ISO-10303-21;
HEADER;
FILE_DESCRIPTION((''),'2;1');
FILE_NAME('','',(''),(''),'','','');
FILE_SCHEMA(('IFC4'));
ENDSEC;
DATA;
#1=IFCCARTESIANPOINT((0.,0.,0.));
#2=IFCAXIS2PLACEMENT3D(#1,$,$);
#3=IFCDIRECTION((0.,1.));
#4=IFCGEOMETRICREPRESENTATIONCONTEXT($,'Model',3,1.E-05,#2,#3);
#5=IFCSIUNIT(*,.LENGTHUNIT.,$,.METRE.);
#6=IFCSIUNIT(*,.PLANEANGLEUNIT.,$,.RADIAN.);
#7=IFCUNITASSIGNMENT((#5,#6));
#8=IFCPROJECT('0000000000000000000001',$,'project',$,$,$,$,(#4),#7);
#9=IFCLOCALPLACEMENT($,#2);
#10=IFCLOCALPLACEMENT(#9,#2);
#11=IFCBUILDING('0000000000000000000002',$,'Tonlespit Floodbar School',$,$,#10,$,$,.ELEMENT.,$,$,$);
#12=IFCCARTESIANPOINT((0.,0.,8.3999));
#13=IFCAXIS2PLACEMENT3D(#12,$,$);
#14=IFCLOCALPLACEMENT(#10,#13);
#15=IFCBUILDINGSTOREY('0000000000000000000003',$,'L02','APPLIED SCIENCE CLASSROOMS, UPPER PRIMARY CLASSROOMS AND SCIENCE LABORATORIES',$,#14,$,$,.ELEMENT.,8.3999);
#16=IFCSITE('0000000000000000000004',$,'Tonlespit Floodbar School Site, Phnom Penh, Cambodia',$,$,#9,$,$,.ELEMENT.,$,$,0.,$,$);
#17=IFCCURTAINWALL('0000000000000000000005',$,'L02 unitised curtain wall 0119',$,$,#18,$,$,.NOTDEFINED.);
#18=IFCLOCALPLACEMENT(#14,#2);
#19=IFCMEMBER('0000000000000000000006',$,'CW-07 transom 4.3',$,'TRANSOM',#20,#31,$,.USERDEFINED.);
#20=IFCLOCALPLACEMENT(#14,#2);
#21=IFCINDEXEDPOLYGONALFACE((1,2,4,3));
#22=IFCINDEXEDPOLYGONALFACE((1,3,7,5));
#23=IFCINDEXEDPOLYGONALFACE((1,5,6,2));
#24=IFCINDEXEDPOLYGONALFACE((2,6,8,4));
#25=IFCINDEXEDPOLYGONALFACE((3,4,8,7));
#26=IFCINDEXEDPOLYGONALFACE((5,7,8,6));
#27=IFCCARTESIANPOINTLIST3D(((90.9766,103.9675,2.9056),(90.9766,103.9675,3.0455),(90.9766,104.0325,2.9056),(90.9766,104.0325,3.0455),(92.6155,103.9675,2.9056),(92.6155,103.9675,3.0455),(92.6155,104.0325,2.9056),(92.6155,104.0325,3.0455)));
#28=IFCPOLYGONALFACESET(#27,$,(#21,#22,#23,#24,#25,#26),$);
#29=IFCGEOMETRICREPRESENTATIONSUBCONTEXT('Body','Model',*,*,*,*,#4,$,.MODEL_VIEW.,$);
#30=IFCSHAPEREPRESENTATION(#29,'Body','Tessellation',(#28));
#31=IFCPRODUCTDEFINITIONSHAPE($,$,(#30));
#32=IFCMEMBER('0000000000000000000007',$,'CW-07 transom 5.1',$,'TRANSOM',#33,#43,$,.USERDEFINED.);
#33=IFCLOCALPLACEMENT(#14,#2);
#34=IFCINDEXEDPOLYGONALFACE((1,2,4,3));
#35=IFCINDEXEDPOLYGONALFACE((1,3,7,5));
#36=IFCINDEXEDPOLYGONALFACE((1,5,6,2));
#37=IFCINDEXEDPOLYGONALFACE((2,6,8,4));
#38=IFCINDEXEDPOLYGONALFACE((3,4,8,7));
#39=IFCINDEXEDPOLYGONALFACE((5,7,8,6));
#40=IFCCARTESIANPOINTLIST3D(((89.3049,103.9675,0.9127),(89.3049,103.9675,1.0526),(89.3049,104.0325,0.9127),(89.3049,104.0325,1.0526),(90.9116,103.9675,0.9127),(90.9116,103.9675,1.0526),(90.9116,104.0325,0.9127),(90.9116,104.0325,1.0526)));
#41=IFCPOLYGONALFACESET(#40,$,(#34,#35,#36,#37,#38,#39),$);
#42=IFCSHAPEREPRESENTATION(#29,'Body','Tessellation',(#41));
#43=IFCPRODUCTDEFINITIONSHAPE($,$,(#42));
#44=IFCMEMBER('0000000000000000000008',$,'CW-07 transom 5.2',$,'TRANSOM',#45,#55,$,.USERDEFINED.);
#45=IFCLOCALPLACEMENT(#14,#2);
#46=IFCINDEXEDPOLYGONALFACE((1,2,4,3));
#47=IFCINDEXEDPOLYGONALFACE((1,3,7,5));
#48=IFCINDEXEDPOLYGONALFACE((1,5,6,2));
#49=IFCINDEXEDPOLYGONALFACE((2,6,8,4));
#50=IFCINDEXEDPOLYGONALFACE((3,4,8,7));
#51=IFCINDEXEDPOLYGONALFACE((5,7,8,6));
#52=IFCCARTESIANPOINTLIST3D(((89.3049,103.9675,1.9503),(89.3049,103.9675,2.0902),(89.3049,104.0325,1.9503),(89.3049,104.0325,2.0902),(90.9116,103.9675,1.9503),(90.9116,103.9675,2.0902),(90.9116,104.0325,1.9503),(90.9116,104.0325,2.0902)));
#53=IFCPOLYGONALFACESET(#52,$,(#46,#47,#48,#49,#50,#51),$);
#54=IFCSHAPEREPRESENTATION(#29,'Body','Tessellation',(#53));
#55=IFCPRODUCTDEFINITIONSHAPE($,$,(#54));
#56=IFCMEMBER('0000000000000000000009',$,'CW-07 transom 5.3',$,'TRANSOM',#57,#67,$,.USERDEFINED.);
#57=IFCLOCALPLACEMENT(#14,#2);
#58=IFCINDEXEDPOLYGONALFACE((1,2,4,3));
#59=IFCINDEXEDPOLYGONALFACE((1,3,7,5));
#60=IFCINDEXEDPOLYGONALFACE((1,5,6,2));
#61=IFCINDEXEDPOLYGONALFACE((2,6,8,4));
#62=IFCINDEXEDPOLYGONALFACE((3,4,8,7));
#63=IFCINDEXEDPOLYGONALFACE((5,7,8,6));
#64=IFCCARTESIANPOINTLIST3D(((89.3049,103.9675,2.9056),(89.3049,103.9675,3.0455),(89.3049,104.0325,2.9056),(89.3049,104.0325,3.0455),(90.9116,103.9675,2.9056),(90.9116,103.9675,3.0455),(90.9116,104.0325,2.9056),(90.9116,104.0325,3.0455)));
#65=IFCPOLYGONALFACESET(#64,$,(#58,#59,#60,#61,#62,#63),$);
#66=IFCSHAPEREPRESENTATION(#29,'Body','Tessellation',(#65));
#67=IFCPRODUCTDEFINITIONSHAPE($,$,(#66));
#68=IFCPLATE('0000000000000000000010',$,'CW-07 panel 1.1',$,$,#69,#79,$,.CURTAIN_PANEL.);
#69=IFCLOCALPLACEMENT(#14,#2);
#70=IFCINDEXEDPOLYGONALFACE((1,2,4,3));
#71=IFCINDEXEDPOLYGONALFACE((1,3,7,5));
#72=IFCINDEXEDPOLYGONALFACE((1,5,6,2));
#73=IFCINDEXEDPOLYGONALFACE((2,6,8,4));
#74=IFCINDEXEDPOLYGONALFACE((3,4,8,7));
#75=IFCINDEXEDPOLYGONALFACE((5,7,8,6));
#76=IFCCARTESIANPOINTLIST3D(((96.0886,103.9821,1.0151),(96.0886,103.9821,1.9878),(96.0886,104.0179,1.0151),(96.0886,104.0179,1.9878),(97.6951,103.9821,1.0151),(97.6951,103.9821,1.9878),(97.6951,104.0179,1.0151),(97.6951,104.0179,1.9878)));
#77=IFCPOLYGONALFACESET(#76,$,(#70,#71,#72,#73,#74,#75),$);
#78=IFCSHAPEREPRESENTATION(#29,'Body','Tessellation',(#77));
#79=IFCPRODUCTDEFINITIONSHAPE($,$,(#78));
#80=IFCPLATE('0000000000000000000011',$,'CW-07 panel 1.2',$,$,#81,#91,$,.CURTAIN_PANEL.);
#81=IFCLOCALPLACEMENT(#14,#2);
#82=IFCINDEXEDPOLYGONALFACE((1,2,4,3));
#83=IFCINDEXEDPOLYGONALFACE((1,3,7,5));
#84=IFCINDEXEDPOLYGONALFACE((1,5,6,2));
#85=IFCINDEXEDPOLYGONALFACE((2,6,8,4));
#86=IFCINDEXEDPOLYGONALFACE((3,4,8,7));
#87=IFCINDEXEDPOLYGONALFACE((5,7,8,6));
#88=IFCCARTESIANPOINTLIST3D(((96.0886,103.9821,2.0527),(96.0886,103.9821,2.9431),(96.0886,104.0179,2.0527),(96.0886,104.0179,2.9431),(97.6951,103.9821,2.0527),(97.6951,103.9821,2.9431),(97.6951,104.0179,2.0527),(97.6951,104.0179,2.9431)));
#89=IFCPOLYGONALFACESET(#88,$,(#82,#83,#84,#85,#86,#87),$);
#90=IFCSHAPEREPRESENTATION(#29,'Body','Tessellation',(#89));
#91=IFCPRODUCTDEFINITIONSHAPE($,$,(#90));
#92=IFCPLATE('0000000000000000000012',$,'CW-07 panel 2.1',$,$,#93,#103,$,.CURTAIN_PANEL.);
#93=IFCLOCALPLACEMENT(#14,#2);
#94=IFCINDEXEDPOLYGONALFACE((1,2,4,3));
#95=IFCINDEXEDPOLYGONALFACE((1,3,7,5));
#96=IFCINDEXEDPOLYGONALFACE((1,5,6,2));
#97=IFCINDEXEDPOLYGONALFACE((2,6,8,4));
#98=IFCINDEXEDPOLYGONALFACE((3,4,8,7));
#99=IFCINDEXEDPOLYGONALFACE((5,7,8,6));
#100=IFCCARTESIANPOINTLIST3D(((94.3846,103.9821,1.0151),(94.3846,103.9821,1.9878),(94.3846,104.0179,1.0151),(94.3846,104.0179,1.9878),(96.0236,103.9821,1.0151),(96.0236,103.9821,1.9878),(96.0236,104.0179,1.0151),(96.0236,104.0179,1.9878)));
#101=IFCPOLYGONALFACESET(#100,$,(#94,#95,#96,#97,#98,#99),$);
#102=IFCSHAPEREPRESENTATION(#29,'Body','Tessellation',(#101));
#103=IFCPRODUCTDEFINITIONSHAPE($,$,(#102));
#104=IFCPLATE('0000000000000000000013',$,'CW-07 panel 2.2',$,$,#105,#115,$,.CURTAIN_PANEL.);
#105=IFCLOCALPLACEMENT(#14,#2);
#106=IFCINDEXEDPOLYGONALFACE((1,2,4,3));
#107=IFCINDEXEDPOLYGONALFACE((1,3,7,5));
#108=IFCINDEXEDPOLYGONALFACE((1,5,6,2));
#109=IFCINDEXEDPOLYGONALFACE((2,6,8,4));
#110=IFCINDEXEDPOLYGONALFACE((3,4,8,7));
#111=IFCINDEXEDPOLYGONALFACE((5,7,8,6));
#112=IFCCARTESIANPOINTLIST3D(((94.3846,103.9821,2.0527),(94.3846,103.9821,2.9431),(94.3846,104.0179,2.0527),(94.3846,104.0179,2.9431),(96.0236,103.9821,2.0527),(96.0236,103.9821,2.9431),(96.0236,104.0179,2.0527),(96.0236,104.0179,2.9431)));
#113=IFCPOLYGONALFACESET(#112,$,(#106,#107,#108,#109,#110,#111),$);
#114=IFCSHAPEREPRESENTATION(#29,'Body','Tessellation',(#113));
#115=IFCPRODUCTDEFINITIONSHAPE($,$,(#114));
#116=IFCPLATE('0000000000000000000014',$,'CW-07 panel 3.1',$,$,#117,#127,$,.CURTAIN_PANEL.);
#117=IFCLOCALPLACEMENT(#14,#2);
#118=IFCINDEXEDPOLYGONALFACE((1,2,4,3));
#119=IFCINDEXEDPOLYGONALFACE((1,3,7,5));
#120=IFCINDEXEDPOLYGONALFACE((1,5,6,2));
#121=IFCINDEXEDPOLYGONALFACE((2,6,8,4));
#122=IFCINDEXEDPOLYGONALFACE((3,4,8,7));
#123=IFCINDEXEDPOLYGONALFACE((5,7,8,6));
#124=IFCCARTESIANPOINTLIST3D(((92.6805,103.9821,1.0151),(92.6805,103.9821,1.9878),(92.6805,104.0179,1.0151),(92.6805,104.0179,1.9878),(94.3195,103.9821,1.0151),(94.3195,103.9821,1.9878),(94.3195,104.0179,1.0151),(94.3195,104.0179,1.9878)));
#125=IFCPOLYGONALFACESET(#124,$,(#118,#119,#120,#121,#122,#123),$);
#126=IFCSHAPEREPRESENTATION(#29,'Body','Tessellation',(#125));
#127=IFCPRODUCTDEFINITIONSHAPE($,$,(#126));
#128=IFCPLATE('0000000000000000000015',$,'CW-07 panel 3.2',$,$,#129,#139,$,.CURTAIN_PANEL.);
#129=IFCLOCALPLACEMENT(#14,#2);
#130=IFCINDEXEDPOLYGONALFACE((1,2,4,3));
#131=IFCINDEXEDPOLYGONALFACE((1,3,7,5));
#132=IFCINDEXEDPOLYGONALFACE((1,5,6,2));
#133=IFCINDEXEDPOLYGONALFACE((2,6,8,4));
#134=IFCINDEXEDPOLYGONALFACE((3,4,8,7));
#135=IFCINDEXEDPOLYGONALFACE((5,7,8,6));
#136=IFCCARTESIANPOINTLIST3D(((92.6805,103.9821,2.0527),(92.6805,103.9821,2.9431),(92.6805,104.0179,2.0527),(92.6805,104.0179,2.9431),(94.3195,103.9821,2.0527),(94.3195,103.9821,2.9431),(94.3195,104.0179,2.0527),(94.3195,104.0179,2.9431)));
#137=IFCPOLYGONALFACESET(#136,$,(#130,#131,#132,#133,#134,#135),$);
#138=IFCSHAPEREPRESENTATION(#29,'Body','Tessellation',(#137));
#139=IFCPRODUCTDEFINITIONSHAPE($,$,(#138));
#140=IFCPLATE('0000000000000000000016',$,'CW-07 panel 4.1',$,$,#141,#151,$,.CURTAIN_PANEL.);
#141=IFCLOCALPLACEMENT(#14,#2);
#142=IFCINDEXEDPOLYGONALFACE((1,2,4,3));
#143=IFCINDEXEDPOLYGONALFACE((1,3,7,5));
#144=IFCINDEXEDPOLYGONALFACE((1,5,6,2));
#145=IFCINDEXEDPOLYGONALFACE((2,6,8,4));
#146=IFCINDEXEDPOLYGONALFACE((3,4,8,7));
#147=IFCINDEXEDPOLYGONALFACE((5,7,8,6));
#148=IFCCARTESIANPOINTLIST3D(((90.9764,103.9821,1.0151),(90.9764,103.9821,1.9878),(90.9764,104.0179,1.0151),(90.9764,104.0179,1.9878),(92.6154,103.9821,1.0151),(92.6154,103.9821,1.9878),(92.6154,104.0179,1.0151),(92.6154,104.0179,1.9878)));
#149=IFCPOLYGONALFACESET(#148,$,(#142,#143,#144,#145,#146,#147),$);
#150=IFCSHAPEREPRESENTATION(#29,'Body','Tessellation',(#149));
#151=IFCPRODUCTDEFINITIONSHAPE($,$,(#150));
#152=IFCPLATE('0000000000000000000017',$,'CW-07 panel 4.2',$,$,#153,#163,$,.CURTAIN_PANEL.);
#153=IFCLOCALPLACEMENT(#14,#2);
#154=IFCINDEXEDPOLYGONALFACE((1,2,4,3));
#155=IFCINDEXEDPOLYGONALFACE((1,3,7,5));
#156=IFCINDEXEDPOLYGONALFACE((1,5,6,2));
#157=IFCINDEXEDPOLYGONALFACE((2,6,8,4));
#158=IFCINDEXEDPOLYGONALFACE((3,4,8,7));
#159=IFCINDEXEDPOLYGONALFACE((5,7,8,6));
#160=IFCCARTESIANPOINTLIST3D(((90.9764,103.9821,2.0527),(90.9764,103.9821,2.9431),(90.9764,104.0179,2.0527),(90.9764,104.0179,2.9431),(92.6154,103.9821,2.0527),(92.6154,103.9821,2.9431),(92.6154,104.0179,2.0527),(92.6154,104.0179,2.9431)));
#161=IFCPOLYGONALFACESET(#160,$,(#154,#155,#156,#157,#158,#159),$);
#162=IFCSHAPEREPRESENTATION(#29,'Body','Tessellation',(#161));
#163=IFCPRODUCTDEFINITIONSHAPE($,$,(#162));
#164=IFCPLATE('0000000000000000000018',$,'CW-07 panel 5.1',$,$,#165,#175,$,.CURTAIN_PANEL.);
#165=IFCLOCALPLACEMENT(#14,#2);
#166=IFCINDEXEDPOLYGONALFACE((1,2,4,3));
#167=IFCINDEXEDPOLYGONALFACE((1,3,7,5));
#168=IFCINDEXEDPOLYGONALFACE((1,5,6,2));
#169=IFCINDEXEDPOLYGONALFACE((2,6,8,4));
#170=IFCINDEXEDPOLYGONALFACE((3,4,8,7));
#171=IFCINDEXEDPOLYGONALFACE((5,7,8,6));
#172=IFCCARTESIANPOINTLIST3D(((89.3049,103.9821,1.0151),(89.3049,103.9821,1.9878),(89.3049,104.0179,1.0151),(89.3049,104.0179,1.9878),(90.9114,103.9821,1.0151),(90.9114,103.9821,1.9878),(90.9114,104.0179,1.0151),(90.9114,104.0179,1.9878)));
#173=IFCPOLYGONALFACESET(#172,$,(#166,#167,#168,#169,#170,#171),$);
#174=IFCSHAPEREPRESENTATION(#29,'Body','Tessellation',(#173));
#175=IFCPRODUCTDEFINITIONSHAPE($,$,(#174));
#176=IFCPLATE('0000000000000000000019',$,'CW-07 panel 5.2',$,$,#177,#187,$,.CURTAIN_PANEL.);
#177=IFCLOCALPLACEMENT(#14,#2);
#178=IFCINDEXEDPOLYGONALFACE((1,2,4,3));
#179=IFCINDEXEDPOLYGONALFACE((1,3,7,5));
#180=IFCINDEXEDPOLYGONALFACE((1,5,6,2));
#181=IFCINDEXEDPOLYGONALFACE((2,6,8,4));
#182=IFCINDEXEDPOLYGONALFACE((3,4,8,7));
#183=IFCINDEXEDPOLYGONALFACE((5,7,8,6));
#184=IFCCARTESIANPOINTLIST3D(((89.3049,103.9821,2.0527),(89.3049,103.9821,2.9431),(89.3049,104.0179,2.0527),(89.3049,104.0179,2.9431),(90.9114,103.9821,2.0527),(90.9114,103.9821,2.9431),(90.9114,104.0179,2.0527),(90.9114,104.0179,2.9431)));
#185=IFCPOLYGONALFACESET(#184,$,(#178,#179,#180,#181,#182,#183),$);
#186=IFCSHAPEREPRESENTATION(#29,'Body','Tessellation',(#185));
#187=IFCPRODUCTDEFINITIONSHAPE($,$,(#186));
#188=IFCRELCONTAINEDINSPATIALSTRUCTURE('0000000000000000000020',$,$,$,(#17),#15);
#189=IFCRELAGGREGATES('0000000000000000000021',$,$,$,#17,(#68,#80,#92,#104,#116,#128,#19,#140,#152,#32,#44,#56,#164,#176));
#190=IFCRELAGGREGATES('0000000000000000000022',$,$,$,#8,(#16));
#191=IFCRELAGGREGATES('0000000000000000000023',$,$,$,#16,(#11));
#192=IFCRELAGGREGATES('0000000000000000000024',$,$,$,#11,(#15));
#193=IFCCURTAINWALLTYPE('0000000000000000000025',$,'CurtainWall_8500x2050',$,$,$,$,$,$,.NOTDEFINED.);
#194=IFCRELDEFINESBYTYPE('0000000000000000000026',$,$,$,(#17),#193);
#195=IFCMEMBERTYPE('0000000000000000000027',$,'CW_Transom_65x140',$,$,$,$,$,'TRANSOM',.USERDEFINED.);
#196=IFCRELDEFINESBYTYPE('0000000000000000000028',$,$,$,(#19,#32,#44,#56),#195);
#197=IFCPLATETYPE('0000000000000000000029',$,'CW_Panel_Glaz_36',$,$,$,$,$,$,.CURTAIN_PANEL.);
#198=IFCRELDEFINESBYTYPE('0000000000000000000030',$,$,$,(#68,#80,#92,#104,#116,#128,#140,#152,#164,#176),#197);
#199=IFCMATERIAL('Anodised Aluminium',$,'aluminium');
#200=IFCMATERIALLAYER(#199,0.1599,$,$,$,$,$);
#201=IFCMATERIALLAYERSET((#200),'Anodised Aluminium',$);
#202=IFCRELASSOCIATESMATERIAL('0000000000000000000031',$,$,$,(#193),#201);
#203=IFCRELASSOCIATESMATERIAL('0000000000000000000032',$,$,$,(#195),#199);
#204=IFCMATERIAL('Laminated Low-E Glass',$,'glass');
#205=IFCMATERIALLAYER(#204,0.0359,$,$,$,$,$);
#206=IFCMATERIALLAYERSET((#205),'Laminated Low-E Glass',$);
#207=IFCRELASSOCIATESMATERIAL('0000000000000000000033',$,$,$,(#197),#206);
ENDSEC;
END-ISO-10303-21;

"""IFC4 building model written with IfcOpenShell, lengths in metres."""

from ifc_helpers import new_model, si_unit, direction, frame, origin, origin_2d, place, context, subcontext, project, spatial, rectangle, extrude, material, layer, layer_set, material_profile, profile_set, type_object, element, aggregate, save


model = new_model("IFC4")

# Units and contexts
model_context = context("Model", 3, precision=1e-05, world=origin(), true_north=direction((0.0, 1.0)))
body_context = subcontext(model_context, "Body", "Model", "MODEL_VIEW")
ifc_project = project(units=[si_unit("LENGTHUNIT", "METRE"), si_unit("PLANEANGLEUNIT", "RADIAN")], contexts=[model_context])

# Site, building, storey
site_placement = place(None, origin())
site = spatial("IfcSite", under=ifc_project, at=site_placement, Name="Tonlespit Floodbar School Site, Phnom Penh, Cambodia", CompositionType="ELEMENT", RefElevation=0.0)
building_placement = place(site_placement, origin())
building = spatial("IfcBuilding", under=site, at=building_placement, Name="Tonlespit Floodbar School", CompositionType="ELEMENT")
storey_placement = place(building_placement, frame((0.0, 0.0, 8.3999)))
storey = spatial("IfcBuildingStorey", under=building, at=storey_placement, Name="L02", Description="APPLIED SCIENCE CLASSROOMS, UPPER PRIMARY CLASSROOMS AND SCIENCE LABORATORIES", CompositionType="ELEMENT", Elevation=8.3999)

# Curtain wall, members, plates
ifc_material_1 = material(Name="Anodised Aluminium", Category="aluminium")
ifc_layer_1 = layer(ifc_material_1, 0.1599)
ifc_layer_set_1 = layer_set([ifc_layer_1], Name="Anodised Aluminium")
curtain_wall_type = type_object("IfcCurtainWallType", Name="CurtainWall_8500x2050", PredefinedType="NOTDEFINED", material=ifc_layer_set_1)
curtain_wall_placement = place(storey_placement, origin())
curtain_wall = element("IfcCurtainWall", 1, at=curtain_wall_placement, inside=storey, type_object=curtain_wall_type, Name="L02 unitised curtain wall 0119", PredefinedType="NOTDEFINED")
ifc_material_profile_1 = material_profile(ifc_material_1, rectangle(XDim=0.0649, YDim=0.1399, at=origin_2d()), Name="ALU T65x140")
ifc_profile_set_1 = profile_set([ifc_material_profile_1], Name="Anodised Aluminium")
member_type_1 = type_object("IfcMemberType", Name="CW_Transom_65x140", ElementType="TRANSOM", PredefinedType="USERDEFINED", material=ifc_profile_set_1)
member_1_placement = place(storey_placement, frame((92.6155, 104.0, 2.9756), z_axis=(-1.0, 0.0, 0.0), x_axis=(0.0, -1.0, 0.0)))
member_1 = element("IfcMember", 2, at=member_1_placement, type_object=member_type_1, Name="CW-07 transom 4.3", ObjectType="TRANSOM", PredefinedType="USERDEFINED", context=body_context, shape_type="SweptSolid", body=[
    extrude(rectangle(XDim=0.0649, YDim=0.1399, at=origin_2d()), origin(), (0.0, 0.0, 1.0), 1.6389),
])
member_2_placement = place(storey_placement, frame((90.9116, 104.0, 0.9827), z_axis=(-1.0, 0.0, 0.0), x_axis=(0.0, -1.0, 0.0)))
member_2 = element("IfcMember", 3, at=member_2_placement, type_object=member_type_1, Name="CW-07 transom 5.1", ObjectType="TRANSOM", PredefinedType="USERDEFINED", context=body_context, shape_type="SweptSolid", body=[
    extrude(rectangle(XDim=0.0649, YDim=0.1399, at=origin_2d()), origin(), (0.0, 0.0, 1.0), 1.6067),
])
member_3_placement = place(storey_placement, frame((90.9116, 104.0, 2.0203), z_axis=(-1.0, 0.0, 0.0), x_axis=(0.0, -1.0, 0.0)))
member_3 = element("IfcMember", 4, at=member_3_placement, type_object=member_type_1, Name="CW-07 transom 5.2", ObjectType="TRANSOM", PredefinedType="USERDEFINED", context=body_context, shape_type="SweptSolid", body=[
    extrude(rectangle(XDim=0.0649, YDim=0.1399, at=origin_2d()), origin(), (0.0, 0.0, 1.0), 1.6067),
])
member_4_placement = place(storey_placement, frame((90.9116, 104.0, 2.9756), z_axis=(-1.0, 0.0, 0.0), x_axis=(0.0, -1.0, 0.0)))
member_4 = element("IfcMember", 5, at=member_4_placement, type_object=member_type_1, Name="CW-07 transom 5.3", ObjectType="TRANSOM", PredefinedType="USERDEFINED", context=body_context, shape_type="SweptSolid", body=[
    extrude(rectangle(XDim=0.0649, YDim=0.1399, at=origin_2d()), origin(), (0.0, 0.0, 1.0), 1.6067),
])
ifc_material_2 = material(Name="Laminated Low-E Glass", Category="glass")
ifc_layer_2 = layer(ifc_material_2, 0.0359)
ifc_layer_set_2 = layer_set([ifc_layer_2], Name="Laminated Low-E Glass")
plate_type_1 = type_object("IfcPlateType", Name="CW_Panel_Glaz_36", PredefinedType="CURTAIN_PANEL", material=ifc_layer_set_2)
plate_1_placement = place(storey_placement, frame((96.8918, 104.0, 1.0151), z_axis=(0.0, 0.0, 1.0), x_axis=(-1.0, 0.0, 0.0)))
plate_1 = element("IfcPlate", 6, at=plate_1_placement, type_object=plate_type_1, Name="CW-07 panel 1.1", PredefinedType="CURTAIN_PANEL", context=body_context, shape_type="SweptSolid", body=[
    extrude(rectangle(XDim=1.6064, YDim=0.0359, at=origin_2d()), origin(), (0.0, 0.0, 1.0), 0.9727),
])
plate_2_placement = place(storey_placement, frame((96.8918, 104.0, 2.0527), z_axis=(0.0, 0.0, 1.0), x_axis=(-1.0, 0.0, 0.0)))
plate_2 = element("IfcPlate", 7, at=plate_2_placement, type_object=plate_type_1, Name="CW-07 panel 1.2", PredefinedType="CURTAIN_PANEL", context=body_context, shape_type="SweptSolid", body=[
    extrude(rectangle(XDim=1.6064, YDim=0.0359, at=origin_2d()), origin(), (0.0, 0.0, 1.0), 0.8904),
])
plate_3_placement = place(storey_placement, frame((95.2041, 104.0, 1.0151), z_axis=(0.0, 0.0, 1.0), x_axis=(-1.0, 0.0, 0.0)))
plate_3 = element("IfcPlate", 8, at=plate_3_placement, type_object=plate_type_1, Name="CW-07 panel 2.1", PredefinedType="CURTAIN_PANEL", context=body_context, shape_type="SweptSolid", body=[
    extrude(rectangle(XDim=1.6389, YDim=0.0359, at=origin_2d()), origin(), (0.0, 0.0, 1.0), 0.9727),
])
plate_4_placement = place(storey_placement, frame((95.2041, 104.0, 2.0527), z_axis=(0.0, 0.0, 1.0), x_axis=(-1.0, 0.0, 0.0)))
plate_4 = element("IfcPlate", 9, at=plate_4_placement, type_object=plate_type_1, Name="CW-07 panel 2.2", PredefinedType="CURTAIN_PANEL", context=body_context, shape_type="SweptSolid", body=[
    extrude(rectangle(XDim=1.6389, YDim=0.0359, at=origin_2d()), origin(), (0.0, 0.0, 1.0), 0.8904),
])
plate_5_placement = place(storey_placement, frame((93.5, 104.0, 1.0151), z_axis=(0.0, 0.0, 1.0), x_axis=(-1.0, 0.0, 0.0)))
plate_5 = element("IfcPlate", 10, at=plate_5_placement, type_object=plate_type_1, Name="CW-07 panel 3.1", PredefinedType="CURTAIN_PANEL", context=body_context, shape_type="SweptSolid", body=[
    extrude(rectangle(XDim=1.6389, YDim=0.0359, at=origin_2d()), origin(), (0.0, 0.0, 1.0), 0.9727),
])
plate_6_placement = place(storey_placement, frame((93.5, 104.0, 2.0527), z_axis=(0.0, 0.0, 1.0), x_axis=(-1.0, 0.0, 0.0)))
plate_6 = element("IfcPlate", 11, at=plate_6_placement, type_object=plate_type_1, Name="CW-07 panel 3.2", PredefinedType="CURTAIN_PANEL", context=body_context, shape_type="SweptSolid", body=[
    extrude(rectangle(XDim=1.6389, YDim=0.0359, at=origin_2d()), origin(), (0.0, 0.0, 1.0), 0.8904),
])
plate_7_placement = place(storey_placement, frame((91.7959, 104.0, 1.0151), z_axis=(0.0, 0.0, 1.0), x_axis=(-1.0, 0.0, 0.0)))
plate_7 = element("IfcPlate", 12, at=plate_7_placement, type_object=plate_type_1, Name="CW-07 panel 4.1", PredefinedType="CURTAIN_PANEL", context=body_context, shape_type="SweptSolid", body=[
    extrude(rectangle(XDim=1.6389, YDim=0.0359, at=origin_2d()), origin(), (0.0, 0.0, 1.0), 0.9727),
])
plate_8_placement = place(storey_placement, frame((91.7959, 104.0, 2.0527), z_axis=(0.0, 0.0, 1.0), x_axis=(-1.0, 0.0, 0.0)))
plate_8 = element("IfcPlate", 13, at=plate_8_placement, type_object=plate_type_1, Name="CW-07 panel 4.2", PredefinedType="CURTAIN_PANEL", context=body_context, shape_type="SweptSolid", body=[
    extrude(rectangle(XDim=1.6389, YDim=0.0359, at=origin_2d()), origin(), (0.0, 0.0, 1.0), 0.8904),
])
plate_9_placement = place(storey_placement, frame((90.1082, 104.0, 1.0151), z_axis=(0.0, 0.0, 1.0), x_axis=(-1.0, 0.0, 0.0)))
plate_9 = element("IfcPlate", 14, at=plate_9_placement, type_object=plate_type_1, Name="CW-07 panel 5.1", PredefinedType="CURTAIN_PANEL", context=body_context, shape_type="SweptSolid", body=[
    extrude(rectangle(XDim=1.6064, YDim=0.0359, at=origin_2d()), origin(), (0.0, 0.0, 1.0), 0.9727),
])
plate_10_placement = place(storey_placement, frame((90.1082, 104.0, 2.0527), z_axis=(0.0, 0.0, 1.0), x_axis=(-1.0, 0.0, 0.0)))
plate_10 = element("IfcPlate", 15, at=plate_10_placement, type_object=plate_type_1, Name="CW-07 panel 5.2", PredefinedType="CURTAIN_PANEL", context=body_context, shape_type="SweptSolid", body=[
    extrude(rectangle(XDim=1.6064, YDim=0.0359, at=origin_2d()), origin(), (0.0, 0.0, 1.0), 0.8904),
])
aggregate(curtain_wall, [plate_1, plate_2, plate_3, plate_4, plate_5, plate_6, member_1, plate_7, plate_8, member_2, member_3, member_4, plate_9, plate_10])

save(model, "model.ifc")
